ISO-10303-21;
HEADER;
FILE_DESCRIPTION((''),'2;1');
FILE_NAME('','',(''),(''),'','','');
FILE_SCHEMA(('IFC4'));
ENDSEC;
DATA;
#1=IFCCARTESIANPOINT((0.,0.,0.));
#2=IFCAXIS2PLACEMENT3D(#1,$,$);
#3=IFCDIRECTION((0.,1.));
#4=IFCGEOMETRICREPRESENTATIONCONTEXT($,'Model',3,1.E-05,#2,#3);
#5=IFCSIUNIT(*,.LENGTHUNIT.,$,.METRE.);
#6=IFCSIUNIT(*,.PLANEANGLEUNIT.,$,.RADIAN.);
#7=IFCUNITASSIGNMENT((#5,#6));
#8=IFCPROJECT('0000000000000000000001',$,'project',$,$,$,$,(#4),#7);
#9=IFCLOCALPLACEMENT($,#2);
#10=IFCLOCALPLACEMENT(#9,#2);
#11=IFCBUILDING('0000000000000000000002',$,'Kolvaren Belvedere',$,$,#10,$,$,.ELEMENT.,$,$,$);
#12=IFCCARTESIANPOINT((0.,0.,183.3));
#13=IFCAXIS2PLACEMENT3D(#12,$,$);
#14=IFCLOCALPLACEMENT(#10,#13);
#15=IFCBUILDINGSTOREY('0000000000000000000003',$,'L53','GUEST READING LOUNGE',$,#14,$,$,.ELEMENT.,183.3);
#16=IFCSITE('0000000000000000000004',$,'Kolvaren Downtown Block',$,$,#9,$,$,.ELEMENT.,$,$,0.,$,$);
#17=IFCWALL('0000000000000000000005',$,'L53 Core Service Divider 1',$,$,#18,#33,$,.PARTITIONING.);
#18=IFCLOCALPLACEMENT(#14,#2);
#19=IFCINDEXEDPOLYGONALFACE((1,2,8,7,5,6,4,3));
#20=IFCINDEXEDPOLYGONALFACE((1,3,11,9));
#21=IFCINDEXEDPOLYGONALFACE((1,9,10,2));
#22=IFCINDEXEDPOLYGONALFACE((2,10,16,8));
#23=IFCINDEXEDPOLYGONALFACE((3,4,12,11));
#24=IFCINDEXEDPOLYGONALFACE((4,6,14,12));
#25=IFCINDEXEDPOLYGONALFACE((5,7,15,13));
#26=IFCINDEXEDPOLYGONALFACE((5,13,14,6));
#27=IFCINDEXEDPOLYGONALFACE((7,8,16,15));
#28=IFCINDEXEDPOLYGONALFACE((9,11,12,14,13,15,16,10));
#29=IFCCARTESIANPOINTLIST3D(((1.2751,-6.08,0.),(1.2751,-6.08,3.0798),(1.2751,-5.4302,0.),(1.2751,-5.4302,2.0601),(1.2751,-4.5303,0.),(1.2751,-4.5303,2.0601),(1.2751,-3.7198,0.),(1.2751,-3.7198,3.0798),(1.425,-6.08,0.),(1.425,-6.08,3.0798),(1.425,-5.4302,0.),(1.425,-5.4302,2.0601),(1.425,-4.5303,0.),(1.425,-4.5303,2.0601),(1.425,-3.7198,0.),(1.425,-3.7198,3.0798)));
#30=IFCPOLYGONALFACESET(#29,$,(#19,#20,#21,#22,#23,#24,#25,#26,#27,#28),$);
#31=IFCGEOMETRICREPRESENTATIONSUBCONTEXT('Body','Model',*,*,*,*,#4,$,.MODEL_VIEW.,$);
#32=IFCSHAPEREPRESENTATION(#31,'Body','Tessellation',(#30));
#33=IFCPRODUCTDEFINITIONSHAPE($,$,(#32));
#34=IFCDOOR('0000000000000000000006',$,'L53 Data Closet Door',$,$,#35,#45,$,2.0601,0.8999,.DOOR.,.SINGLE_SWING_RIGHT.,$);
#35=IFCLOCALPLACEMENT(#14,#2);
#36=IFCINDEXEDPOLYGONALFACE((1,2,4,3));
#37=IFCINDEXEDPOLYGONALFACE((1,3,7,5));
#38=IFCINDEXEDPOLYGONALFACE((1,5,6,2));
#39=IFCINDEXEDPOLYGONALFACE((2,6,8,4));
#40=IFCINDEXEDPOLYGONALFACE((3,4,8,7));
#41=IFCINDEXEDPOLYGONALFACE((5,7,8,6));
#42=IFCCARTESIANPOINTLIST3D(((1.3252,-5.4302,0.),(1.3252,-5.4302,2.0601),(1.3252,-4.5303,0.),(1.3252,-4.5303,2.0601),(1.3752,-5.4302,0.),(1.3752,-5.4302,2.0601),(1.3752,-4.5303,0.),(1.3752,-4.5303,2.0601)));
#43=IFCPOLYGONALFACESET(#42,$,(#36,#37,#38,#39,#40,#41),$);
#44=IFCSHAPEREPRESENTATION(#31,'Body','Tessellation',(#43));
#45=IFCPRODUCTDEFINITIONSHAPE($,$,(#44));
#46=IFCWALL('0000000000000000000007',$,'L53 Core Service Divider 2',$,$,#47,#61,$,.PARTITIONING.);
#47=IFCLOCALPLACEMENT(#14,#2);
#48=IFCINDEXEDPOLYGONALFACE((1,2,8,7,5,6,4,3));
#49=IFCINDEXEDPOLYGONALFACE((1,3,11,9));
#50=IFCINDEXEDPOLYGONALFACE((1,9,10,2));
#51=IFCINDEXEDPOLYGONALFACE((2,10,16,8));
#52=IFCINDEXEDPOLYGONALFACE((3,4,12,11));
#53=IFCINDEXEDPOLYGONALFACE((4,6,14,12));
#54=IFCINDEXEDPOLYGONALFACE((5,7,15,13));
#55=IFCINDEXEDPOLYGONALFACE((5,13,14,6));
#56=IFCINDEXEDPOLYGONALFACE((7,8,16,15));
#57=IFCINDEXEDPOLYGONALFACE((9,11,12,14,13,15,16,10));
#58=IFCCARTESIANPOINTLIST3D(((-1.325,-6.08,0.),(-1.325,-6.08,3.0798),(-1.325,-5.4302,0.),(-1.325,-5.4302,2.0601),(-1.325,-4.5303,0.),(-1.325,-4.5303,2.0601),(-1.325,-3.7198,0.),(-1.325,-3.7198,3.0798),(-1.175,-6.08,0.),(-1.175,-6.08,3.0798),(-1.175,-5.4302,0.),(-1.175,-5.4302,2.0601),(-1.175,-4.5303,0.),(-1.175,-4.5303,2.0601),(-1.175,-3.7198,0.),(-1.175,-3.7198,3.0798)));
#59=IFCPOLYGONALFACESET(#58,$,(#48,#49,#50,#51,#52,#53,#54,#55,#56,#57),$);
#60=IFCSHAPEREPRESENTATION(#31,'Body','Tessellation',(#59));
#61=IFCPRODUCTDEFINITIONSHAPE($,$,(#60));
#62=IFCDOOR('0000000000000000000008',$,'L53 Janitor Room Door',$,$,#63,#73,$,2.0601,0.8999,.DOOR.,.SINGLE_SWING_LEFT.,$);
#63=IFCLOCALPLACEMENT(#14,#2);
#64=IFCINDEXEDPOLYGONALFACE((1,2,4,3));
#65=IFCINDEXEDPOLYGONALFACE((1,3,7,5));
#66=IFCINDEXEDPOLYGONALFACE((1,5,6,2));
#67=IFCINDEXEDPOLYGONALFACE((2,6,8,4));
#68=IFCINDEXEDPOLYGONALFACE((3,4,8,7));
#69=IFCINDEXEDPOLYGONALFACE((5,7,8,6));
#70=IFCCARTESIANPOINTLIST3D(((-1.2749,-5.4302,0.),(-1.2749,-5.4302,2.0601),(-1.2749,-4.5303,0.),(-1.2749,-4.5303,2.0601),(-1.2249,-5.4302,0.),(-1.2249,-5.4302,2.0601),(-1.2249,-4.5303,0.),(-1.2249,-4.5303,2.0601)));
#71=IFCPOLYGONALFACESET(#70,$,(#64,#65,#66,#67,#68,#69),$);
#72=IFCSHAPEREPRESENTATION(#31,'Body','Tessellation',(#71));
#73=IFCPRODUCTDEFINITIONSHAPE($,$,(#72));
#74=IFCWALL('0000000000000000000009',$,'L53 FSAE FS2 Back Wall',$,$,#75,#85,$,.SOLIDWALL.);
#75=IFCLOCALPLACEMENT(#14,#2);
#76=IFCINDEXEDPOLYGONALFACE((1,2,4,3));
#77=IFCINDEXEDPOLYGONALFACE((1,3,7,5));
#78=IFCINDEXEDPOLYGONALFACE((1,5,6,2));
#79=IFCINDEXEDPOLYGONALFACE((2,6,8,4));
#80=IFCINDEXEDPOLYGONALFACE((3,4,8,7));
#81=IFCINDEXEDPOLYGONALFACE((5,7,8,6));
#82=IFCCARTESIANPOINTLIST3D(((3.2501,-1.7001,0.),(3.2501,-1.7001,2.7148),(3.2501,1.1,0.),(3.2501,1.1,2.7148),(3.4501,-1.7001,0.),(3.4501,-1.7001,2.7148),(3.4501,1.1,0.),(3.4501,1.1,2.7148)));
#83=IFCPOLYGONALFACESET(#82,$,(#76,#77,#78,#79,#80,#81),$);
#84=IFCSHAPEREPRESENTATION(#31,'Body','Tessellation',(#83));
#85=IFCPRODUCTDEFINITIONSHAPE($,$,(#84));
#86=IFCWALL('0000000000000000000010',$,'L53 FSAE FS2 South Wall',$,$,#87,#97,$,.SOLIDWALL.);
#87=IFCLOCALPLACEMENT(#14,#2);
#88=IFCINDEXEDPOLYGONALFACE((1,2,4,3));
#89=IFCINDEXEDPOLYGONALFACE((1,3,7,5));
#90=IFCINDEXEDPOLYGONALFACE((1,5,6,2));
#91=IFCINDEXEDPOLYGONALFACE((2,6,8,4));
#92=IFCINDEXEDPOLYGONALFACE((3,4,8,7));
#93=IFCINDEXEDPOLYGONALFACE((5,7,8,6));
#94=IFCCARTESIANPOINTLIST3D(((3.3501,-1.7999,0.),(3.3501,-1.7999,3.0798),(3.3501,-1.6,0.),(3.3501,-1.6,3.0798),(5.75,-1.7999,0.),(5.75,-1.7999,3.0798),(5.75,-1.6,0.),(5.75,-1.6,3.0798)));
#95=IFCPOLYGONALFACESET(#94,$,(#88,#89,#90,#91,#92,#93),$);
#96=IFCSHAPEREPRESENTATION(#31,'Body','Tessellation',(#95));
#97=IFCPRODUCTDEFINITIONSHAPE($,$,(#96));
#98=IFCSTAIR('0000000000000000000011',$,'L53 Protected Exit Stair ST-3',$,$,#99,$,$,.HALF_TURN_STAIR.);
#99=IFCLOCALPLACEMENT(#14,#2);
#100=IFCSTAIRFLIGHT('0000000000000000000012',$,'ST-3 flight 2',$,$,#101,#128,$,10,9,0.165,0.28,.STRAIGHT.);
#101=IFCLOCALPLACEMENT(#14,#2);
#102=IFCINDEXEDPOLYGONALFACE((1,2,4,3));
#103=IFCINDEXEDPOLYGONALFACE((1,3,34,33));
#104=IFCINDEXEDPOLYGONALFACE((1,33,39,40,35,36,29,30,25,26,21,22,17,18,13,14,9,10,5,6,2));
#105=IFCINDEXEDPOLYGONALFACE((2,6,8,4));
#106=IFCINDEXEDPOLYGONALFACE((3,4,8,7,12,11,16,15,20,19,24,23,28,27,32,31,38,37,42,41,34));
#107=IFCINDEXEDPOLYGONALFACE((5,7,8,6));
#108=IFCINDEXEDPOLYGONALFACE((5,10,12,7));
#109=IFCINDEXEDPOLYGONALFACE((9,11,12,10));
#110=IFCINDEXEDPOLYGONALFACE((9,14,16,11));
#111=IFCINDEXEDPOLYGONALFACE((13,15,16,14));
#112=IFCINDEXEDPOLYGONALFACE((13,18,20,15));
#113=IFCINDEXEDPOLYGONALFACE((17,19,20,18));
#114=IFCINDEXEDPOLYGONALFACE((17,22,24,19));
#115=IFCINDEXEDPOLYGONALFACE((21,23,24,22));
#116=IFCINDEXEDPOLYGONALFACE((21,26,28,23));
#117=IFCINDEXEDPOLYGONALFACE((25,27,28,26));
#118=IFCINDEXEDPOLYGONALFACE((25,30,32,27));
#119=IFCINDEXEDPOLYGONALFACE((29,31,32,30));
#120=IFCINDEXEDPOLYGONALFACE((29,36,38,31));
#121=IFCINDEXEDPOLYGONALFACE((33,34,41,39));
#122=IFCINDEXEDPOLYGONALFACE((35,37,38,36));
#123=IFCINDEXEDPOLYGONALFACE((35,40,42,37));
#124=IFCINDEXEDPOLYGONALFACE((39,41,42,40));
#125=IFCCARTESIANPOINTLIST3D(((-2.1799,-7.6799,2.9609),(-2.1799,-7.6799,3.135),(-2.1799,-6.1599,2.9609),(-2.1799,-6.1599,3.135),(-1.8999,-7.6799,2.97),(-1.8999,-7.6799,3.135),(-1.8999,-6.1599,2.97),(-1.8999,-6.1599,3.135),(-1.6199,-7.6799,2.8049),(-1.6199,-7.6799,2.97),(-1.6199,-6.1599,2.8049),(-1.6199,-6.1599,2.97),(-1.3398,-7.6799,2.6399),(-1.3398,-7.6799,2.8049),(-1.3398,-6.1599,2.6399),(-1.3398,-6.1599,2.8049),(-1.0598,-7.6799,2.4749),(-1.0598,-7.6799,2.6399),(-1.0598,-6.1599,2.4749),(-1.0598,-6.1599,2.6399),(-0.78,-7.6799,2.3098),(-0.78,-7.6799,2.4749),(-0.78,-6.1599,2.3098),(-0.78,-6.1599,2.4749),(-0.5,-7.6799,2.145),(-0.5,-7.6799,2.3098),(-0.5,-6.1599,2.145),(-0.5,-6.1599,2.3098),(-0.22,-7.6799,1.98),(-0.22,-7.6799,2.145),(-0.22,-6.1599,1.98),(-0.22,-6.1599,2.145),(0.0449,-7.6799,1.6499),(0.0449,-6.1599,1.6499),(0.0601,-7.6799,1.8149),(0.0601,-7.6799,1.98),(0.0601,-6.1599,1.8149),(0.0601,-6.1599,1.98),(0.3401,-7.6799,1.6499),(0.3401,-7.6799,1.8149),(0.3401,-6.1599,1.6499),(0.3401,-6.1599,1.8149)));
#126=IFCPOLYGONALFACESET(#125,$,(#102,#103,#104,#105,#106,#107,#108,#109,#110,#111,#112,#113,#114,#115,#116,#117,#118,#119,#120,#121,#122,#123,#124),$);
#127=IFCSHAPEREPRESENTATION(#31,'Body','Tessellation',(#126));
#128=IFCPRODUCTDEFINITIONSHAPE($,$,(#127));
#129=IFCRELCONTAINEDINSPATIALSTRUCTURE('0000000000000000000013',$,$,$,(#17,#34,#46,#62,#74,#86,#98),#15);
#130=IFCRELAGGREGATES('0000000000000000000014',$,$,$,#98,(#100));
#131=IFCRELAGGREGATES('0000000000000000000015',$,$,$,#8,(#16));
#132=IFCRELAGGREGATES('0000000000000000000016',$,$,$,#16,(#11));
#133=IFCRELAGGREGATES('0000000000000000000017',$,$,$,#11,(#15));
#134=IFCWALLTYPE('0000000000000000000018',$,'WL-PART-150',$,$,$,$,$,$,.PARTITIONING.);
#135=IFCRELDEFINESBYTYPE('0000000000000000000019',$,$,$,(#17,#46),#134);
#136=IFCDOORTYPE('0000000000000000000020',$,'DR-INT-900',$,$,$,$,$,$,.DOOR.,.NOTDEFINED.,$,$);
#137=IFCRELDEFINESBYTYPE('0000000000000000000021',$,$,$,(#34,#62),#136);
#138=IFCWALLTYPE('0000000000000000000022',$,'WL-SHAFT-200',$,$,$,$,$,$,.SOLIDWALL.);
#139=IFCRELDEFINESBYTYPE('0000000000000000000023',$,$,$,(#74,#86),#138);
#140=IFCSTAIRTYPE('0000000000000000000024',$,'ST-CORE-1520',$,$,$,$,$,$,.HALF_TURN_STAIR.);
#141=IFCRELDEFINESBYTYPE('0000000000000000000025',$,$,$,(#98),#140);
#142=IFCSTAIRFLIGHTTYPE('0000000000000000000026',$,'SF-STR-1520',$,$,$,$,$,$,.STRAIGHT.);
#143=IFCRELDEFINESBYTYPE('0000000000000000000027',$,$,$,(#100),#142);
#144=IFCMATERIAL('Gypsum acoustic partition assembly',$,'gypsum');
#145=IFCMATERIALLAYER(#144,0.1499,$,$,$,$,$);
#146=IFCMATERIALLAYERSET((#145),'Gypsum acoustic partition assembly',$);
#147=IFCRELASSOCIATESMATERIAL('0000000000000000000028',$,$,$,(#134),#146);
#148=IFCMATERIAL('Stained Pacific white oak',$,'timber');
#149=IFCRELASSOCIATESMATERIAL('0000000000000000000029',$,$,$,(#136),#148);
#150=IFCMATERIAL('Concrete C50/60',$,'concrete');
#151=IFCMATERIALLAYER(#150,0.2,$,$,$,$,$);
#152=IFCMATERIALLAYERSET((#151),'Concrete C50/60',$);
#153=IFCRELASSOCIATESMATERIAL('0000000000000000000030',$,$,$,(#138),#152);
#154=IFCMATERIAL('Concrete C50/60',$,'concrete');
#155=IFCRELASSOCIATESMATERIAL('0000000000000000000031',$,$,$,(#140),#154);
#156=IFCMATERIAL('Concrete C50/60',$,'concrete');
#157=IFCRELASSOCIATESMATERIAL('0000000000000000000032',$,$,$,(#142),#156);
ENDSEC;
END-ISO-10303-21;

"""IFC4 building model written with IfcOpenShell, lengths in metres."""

from ifc_helpers import new_model, si_unit, direction, frame, frame_2d, origin, place, context, subcontext, project, spatial, polyline, rectangle, outline, extrude, material, layer, layer_set, type_object, element, fill, aggregate, save


model = new_model("IFC4")

# Units and contexts
model_context = context("Model", 3, precision=1e-05, world=origin(), true_north=direction((0.0, 1.0)))
body_context = subcontext(model_context, "Body", "Model", "MODEL_VIEW")
ifc_project = project(units=[si_unit("LENGTHUNIT", "METRE"), si_unit("PLANEANGLEUNIT", "RADIAN")], contexts=[model_context])

# Site, building, storey
site_placement = place(None, origin())
site = spatial("IfcSite", under=ifc_project, at=site_placement, Name="Kolvaren Downtown Block", CompositionType="ELEMENT", RefElevation=0.0)
building_placement = place(site_placement, origin())
building = spatial("IfcBuilding", under=site, at=building_placement, Name="Kolvaren Belvedere", CompositionType="ELEMENT")
storey_placement = place(building_placement, frame((0.0, 0.0, 183.3)))
storey = spatial("IfcBuildingStorey", under=building, at=storey_placement, Name="L53", Description="GUEST READING LOUNGE", CompositionType="ELEMENT", Elevation=183.3)

# Walls, openings, doors
ifc_material_1 = material(Name="Gypsum acoustic partition assembly", Category="gypsum")
ifc_layer_1 = layer(ifc_material_1, 0.1499)
ifc_layer_set_1 = layer_set([ifc_layer_1], Name="Gypsum acoustic partition assembly")
wall_type_1 = type_object("IfcWallType", Name="WL-PART-150", PredefinedType="PARTITIONING", material=ifc_layer_set_1)
wall_1_placement = place(storey_placement, frame((1.3501, -6.0801, 0.0), z_axis=(0.0, 0.0, 1.0), x_axis=(0.0, 1.0, 0.0)))
wall_1 = element("IfcWall", 1, at=wall_1_placement, inside=storey, type_object=wall_type_1, Name="L53 Core Service Divider 1", PredefinedType="PARTITIONING", context=body_context, shape_type="SweptSolid", body=[
    extrude(rectangle(XDim=2.3601, YDim=0.1499, at=frame_2d((1.1802, 0.0))), origin(), (0.0, 0.0, 1.0), 3.0798),
])
opening_1_placement = place(wall_1_placement, frame((0.6499, 0.0, 0.0)))
opening_1 = element("IfcOpeningElement", 2, at=opening_1_placement, cuts=wall_1, PredefinedType="OPENING", context=body_context, shape_type="SweptSolid", body=[
    extrude(rectangle(XDim=0.8999, YDim=2.0601, at=frame_2d((0.45, 1.03))), frame((0.0, 0.085, 0.0), z_axis=(0.0, -1.0, 0.0), x_axis=(1.0, 0.0, 0.0)), (0.0, 0.0, 1.0), 0.1699),
])
ifc_material_2 = material(Name="Stained Pacific white oak", Category="timber")
door_type_1 = type_object("IfcDoorType", Name="DR-INT-900", OperationType="NOTDEFINED", PredefinedType="DOOR", material=ifc_material_2)
door_1_placement = place(opening_1_placement, origin())
door_1 = element("IfcDoor", 3, at=door_1_placement, inside=storey, type_object=door_type_1, Name="L53 Data Closet Door", OperationType="SINGLE_SWING_RIGHT", OverallHeight=2.0601, OverallWidth=0.8999, PredefinedType="DOOR", context=body_context, shape_type="SweptSolid", body=[
    extrude(rectangle(XDim=0.8999, YDim=2.0601, at=frame_2d((0.45, 1.03))), frame((0.0, 0.0249, 0.0), z_axis=(0.0, -1.0, 0.0), x_axis=(1.0, 0.0, 0.0)), (0.0, 0.0, 1.0), 0.05),
])
fill(opening_1, door_1)
wall_2_placement = place(storey_placement, frame((-1.25, -6.0801, 0.0), z_axis=(0.0, 0.0, 1.0), x_axis=(0.0, 1.0, 0.0)))
wall_2 = element("IfcWall", 4, at=wall_2_placement, inside=storey, type_object=wall_type_1, Name="L53 Core Service Divider 2", PredefinedType="PARTITIONING", context=body_context, shape_type="SweptSolid", body=[
    extrude(rectangle(XDim=2.3601, YDim=0.1499, at=frame_2d((1.1802, 0.0))), origin(), (0.0, 0.0, 1.0), 3.0798),
])
opening_2_placement = place(wall_2_placement, frame((0.6499, 0.0, 0.0)))
opening_2 = element("IfcOpeningElement", 5, at=opening_2_placement, cuts=wall_2, PredefinedType="OPENING", context=body_context, shape_type="SweptSolid", body=[
    extrude(rectangle(XDim=0.8999, YDim=2.0601, at=frame_2d((0.45, 1.03))), frame((0.0, 0.085, 0.0), z_axis=(0.0, -1.0, 0.0), x_axis=(1.0, 0.0, 0.0)), (0.0, 0.0, 1.0), 0.1699),
])
door_2_placement = place(opening_2_placement, origin())
door_2 = element("IfcDoor", 6, at=door_2_placement, inside=storey, type_object=door_type_1, Name="L53 Janitor Room Door", OperationType="SINGLE_SWING_LEFT", OverallHeight=2.0601, OverallWidth=0.8999, PredefinedType="DOOR", context=body_context, shape_type="SweptSolid", body=[
    extrude(rectangle(XDim=0.8999, YDim=2.0601, at=frame_2d((0.45, 1.03))), frame((0.0, 0.0249, 0.0), z_axis=(0.0, -1.0, 0.0), x_axis=(1.0, 0.0, 0.0)), (0.0, 0.0, 1.0), 0.05),
])
fill(opening_2, door_2)

# Walls
ifc_material_3 = material(Name="Concrete C50/60", Category="concrete")
ifc_layer_2 = layer(ifc_material_3, 0.2)
ifc_layer_set_2 = layer_set([ifc_layer_2], Name="Concrete C50/60")
wall_type_2 = type_object("IfcWallType", Name="WL-SHAFT-200", PredefinedType="SOLIDWALL", material=ifc_layer_set_2)
wall_3_placement = place(storey_placement, frame((3.3501, -1.7, 0.0), z_axis=(0.0, 0.0, 1.0), x_axis=(0.0, 1.0, 0.0)))
element("IfcWall", 7, at=wall_3_placement, inside=storey, type_object=wall_type_2, Name="L53 FSAE FS2 Back Wall", PredefinedType="SOLIDWALL", context=body_context, shape_type="SweptSolid", body=[
    extrude(rectangle(XDim=2.8, YDim=0.2, at=frame_2d((1.3999, 0.0))), origin(), (0.0, 0.0, 1.0), 2.7148),
])
wall_4_placement = place(storey_placement, frame((3.3501, -1.7, 0.0), z_axis=(0.0, 0.0, 1.0), x_axis=(1.0, 0.0, 0.0)))
element("IfcWall", 8, at=wall_4_placement, inside=storey, type_object=wall_type_2, Name="L53 FSAE FS2 South Wall", PredefinedType="SOLIDWALL", context=body_context, shape_type="SweptSolid", body=[
    extrude(rectangle(XDim=2.3999, YDim=0.2, at=frame_2d((1.2, 0.0))), origin(), (0.0, 0.0, 1.0), 3.0798),
])

# Stair, stair flight
ifc_material_4 = material(Name="Concrete C50/60", Category="concrete")
stair_type = type_object("IfcStairType", Name="ST-CORE-1520", PredefinedType="HALF_TURN_STAIR", material=ifc_material_4)
stair_placement = place(storey_placement, origin())
stair = element("IfcStair", 9, at=stair_placement, inside=storey, type_object=stair_type, Name="L53 Protected Exit Stair ST-3", PredefinedType="HALF_TURN_STAIR")
ifc_material_5 = material(Name="Concrete C50/60", Category="concrete")
stair_flight_type = type_object("IfcStairFlightType", Name="SF-STR-1520", PredefinedType="STRAIGHT", material=ifc_material_5)
stair_flight_placement = place(storey_placement, frame((0.3401, -6.9199, 1.6499), z_axis=(0.0, 0.0, 1.0), x_axis=(-1.0, 0.0, 0.0)))
stair_flight = element("IfcStairFlight", 10, at=stair_flight_placement, type_object=stair_flight_type, Name="ST-3 flight 2", NumberOfRisers=10, NumberOfTreads=9, PredefinedType="STRAIGHT", RiserHeight=0.165, TreadLength=0.28, context=body_context, shape_type="SweptSolid", body=[
    extrude(outline(polyline([(0.0, 0.0), (0.0, 0.165), (0.28, 0.165), (0.28, 0.3301), (0.5601, 0.3301), (0.5601, 0.4951), (0.8401, 0.4951), (0.8401, 0.6599), (1.1201, 0.6599), (1.1201, 0.825), (1.3999, 0.825), (1.3999, 0.99), (1.6799, 0.99), (1.6799, 1.155), (1.96, 1.155), (1.96, 1.3201), (2.24, 1.3201), (2.24, 1.4851), (2.52, 1.4851), (2.52, 1.6499), (2.52, 1.311), (0.2952, 0.0), (0.0, 0.0)])), frame((0.0, 0.76, 0.0), z_axis=(0.0, -1.0, 0.0), x_axis=(1.0, 0.0, 0.0)), (0.0, 0.0, 1.0), 1.52),
])
aggregate(stair, [stair_flight])

save(model, "model.ifc")
